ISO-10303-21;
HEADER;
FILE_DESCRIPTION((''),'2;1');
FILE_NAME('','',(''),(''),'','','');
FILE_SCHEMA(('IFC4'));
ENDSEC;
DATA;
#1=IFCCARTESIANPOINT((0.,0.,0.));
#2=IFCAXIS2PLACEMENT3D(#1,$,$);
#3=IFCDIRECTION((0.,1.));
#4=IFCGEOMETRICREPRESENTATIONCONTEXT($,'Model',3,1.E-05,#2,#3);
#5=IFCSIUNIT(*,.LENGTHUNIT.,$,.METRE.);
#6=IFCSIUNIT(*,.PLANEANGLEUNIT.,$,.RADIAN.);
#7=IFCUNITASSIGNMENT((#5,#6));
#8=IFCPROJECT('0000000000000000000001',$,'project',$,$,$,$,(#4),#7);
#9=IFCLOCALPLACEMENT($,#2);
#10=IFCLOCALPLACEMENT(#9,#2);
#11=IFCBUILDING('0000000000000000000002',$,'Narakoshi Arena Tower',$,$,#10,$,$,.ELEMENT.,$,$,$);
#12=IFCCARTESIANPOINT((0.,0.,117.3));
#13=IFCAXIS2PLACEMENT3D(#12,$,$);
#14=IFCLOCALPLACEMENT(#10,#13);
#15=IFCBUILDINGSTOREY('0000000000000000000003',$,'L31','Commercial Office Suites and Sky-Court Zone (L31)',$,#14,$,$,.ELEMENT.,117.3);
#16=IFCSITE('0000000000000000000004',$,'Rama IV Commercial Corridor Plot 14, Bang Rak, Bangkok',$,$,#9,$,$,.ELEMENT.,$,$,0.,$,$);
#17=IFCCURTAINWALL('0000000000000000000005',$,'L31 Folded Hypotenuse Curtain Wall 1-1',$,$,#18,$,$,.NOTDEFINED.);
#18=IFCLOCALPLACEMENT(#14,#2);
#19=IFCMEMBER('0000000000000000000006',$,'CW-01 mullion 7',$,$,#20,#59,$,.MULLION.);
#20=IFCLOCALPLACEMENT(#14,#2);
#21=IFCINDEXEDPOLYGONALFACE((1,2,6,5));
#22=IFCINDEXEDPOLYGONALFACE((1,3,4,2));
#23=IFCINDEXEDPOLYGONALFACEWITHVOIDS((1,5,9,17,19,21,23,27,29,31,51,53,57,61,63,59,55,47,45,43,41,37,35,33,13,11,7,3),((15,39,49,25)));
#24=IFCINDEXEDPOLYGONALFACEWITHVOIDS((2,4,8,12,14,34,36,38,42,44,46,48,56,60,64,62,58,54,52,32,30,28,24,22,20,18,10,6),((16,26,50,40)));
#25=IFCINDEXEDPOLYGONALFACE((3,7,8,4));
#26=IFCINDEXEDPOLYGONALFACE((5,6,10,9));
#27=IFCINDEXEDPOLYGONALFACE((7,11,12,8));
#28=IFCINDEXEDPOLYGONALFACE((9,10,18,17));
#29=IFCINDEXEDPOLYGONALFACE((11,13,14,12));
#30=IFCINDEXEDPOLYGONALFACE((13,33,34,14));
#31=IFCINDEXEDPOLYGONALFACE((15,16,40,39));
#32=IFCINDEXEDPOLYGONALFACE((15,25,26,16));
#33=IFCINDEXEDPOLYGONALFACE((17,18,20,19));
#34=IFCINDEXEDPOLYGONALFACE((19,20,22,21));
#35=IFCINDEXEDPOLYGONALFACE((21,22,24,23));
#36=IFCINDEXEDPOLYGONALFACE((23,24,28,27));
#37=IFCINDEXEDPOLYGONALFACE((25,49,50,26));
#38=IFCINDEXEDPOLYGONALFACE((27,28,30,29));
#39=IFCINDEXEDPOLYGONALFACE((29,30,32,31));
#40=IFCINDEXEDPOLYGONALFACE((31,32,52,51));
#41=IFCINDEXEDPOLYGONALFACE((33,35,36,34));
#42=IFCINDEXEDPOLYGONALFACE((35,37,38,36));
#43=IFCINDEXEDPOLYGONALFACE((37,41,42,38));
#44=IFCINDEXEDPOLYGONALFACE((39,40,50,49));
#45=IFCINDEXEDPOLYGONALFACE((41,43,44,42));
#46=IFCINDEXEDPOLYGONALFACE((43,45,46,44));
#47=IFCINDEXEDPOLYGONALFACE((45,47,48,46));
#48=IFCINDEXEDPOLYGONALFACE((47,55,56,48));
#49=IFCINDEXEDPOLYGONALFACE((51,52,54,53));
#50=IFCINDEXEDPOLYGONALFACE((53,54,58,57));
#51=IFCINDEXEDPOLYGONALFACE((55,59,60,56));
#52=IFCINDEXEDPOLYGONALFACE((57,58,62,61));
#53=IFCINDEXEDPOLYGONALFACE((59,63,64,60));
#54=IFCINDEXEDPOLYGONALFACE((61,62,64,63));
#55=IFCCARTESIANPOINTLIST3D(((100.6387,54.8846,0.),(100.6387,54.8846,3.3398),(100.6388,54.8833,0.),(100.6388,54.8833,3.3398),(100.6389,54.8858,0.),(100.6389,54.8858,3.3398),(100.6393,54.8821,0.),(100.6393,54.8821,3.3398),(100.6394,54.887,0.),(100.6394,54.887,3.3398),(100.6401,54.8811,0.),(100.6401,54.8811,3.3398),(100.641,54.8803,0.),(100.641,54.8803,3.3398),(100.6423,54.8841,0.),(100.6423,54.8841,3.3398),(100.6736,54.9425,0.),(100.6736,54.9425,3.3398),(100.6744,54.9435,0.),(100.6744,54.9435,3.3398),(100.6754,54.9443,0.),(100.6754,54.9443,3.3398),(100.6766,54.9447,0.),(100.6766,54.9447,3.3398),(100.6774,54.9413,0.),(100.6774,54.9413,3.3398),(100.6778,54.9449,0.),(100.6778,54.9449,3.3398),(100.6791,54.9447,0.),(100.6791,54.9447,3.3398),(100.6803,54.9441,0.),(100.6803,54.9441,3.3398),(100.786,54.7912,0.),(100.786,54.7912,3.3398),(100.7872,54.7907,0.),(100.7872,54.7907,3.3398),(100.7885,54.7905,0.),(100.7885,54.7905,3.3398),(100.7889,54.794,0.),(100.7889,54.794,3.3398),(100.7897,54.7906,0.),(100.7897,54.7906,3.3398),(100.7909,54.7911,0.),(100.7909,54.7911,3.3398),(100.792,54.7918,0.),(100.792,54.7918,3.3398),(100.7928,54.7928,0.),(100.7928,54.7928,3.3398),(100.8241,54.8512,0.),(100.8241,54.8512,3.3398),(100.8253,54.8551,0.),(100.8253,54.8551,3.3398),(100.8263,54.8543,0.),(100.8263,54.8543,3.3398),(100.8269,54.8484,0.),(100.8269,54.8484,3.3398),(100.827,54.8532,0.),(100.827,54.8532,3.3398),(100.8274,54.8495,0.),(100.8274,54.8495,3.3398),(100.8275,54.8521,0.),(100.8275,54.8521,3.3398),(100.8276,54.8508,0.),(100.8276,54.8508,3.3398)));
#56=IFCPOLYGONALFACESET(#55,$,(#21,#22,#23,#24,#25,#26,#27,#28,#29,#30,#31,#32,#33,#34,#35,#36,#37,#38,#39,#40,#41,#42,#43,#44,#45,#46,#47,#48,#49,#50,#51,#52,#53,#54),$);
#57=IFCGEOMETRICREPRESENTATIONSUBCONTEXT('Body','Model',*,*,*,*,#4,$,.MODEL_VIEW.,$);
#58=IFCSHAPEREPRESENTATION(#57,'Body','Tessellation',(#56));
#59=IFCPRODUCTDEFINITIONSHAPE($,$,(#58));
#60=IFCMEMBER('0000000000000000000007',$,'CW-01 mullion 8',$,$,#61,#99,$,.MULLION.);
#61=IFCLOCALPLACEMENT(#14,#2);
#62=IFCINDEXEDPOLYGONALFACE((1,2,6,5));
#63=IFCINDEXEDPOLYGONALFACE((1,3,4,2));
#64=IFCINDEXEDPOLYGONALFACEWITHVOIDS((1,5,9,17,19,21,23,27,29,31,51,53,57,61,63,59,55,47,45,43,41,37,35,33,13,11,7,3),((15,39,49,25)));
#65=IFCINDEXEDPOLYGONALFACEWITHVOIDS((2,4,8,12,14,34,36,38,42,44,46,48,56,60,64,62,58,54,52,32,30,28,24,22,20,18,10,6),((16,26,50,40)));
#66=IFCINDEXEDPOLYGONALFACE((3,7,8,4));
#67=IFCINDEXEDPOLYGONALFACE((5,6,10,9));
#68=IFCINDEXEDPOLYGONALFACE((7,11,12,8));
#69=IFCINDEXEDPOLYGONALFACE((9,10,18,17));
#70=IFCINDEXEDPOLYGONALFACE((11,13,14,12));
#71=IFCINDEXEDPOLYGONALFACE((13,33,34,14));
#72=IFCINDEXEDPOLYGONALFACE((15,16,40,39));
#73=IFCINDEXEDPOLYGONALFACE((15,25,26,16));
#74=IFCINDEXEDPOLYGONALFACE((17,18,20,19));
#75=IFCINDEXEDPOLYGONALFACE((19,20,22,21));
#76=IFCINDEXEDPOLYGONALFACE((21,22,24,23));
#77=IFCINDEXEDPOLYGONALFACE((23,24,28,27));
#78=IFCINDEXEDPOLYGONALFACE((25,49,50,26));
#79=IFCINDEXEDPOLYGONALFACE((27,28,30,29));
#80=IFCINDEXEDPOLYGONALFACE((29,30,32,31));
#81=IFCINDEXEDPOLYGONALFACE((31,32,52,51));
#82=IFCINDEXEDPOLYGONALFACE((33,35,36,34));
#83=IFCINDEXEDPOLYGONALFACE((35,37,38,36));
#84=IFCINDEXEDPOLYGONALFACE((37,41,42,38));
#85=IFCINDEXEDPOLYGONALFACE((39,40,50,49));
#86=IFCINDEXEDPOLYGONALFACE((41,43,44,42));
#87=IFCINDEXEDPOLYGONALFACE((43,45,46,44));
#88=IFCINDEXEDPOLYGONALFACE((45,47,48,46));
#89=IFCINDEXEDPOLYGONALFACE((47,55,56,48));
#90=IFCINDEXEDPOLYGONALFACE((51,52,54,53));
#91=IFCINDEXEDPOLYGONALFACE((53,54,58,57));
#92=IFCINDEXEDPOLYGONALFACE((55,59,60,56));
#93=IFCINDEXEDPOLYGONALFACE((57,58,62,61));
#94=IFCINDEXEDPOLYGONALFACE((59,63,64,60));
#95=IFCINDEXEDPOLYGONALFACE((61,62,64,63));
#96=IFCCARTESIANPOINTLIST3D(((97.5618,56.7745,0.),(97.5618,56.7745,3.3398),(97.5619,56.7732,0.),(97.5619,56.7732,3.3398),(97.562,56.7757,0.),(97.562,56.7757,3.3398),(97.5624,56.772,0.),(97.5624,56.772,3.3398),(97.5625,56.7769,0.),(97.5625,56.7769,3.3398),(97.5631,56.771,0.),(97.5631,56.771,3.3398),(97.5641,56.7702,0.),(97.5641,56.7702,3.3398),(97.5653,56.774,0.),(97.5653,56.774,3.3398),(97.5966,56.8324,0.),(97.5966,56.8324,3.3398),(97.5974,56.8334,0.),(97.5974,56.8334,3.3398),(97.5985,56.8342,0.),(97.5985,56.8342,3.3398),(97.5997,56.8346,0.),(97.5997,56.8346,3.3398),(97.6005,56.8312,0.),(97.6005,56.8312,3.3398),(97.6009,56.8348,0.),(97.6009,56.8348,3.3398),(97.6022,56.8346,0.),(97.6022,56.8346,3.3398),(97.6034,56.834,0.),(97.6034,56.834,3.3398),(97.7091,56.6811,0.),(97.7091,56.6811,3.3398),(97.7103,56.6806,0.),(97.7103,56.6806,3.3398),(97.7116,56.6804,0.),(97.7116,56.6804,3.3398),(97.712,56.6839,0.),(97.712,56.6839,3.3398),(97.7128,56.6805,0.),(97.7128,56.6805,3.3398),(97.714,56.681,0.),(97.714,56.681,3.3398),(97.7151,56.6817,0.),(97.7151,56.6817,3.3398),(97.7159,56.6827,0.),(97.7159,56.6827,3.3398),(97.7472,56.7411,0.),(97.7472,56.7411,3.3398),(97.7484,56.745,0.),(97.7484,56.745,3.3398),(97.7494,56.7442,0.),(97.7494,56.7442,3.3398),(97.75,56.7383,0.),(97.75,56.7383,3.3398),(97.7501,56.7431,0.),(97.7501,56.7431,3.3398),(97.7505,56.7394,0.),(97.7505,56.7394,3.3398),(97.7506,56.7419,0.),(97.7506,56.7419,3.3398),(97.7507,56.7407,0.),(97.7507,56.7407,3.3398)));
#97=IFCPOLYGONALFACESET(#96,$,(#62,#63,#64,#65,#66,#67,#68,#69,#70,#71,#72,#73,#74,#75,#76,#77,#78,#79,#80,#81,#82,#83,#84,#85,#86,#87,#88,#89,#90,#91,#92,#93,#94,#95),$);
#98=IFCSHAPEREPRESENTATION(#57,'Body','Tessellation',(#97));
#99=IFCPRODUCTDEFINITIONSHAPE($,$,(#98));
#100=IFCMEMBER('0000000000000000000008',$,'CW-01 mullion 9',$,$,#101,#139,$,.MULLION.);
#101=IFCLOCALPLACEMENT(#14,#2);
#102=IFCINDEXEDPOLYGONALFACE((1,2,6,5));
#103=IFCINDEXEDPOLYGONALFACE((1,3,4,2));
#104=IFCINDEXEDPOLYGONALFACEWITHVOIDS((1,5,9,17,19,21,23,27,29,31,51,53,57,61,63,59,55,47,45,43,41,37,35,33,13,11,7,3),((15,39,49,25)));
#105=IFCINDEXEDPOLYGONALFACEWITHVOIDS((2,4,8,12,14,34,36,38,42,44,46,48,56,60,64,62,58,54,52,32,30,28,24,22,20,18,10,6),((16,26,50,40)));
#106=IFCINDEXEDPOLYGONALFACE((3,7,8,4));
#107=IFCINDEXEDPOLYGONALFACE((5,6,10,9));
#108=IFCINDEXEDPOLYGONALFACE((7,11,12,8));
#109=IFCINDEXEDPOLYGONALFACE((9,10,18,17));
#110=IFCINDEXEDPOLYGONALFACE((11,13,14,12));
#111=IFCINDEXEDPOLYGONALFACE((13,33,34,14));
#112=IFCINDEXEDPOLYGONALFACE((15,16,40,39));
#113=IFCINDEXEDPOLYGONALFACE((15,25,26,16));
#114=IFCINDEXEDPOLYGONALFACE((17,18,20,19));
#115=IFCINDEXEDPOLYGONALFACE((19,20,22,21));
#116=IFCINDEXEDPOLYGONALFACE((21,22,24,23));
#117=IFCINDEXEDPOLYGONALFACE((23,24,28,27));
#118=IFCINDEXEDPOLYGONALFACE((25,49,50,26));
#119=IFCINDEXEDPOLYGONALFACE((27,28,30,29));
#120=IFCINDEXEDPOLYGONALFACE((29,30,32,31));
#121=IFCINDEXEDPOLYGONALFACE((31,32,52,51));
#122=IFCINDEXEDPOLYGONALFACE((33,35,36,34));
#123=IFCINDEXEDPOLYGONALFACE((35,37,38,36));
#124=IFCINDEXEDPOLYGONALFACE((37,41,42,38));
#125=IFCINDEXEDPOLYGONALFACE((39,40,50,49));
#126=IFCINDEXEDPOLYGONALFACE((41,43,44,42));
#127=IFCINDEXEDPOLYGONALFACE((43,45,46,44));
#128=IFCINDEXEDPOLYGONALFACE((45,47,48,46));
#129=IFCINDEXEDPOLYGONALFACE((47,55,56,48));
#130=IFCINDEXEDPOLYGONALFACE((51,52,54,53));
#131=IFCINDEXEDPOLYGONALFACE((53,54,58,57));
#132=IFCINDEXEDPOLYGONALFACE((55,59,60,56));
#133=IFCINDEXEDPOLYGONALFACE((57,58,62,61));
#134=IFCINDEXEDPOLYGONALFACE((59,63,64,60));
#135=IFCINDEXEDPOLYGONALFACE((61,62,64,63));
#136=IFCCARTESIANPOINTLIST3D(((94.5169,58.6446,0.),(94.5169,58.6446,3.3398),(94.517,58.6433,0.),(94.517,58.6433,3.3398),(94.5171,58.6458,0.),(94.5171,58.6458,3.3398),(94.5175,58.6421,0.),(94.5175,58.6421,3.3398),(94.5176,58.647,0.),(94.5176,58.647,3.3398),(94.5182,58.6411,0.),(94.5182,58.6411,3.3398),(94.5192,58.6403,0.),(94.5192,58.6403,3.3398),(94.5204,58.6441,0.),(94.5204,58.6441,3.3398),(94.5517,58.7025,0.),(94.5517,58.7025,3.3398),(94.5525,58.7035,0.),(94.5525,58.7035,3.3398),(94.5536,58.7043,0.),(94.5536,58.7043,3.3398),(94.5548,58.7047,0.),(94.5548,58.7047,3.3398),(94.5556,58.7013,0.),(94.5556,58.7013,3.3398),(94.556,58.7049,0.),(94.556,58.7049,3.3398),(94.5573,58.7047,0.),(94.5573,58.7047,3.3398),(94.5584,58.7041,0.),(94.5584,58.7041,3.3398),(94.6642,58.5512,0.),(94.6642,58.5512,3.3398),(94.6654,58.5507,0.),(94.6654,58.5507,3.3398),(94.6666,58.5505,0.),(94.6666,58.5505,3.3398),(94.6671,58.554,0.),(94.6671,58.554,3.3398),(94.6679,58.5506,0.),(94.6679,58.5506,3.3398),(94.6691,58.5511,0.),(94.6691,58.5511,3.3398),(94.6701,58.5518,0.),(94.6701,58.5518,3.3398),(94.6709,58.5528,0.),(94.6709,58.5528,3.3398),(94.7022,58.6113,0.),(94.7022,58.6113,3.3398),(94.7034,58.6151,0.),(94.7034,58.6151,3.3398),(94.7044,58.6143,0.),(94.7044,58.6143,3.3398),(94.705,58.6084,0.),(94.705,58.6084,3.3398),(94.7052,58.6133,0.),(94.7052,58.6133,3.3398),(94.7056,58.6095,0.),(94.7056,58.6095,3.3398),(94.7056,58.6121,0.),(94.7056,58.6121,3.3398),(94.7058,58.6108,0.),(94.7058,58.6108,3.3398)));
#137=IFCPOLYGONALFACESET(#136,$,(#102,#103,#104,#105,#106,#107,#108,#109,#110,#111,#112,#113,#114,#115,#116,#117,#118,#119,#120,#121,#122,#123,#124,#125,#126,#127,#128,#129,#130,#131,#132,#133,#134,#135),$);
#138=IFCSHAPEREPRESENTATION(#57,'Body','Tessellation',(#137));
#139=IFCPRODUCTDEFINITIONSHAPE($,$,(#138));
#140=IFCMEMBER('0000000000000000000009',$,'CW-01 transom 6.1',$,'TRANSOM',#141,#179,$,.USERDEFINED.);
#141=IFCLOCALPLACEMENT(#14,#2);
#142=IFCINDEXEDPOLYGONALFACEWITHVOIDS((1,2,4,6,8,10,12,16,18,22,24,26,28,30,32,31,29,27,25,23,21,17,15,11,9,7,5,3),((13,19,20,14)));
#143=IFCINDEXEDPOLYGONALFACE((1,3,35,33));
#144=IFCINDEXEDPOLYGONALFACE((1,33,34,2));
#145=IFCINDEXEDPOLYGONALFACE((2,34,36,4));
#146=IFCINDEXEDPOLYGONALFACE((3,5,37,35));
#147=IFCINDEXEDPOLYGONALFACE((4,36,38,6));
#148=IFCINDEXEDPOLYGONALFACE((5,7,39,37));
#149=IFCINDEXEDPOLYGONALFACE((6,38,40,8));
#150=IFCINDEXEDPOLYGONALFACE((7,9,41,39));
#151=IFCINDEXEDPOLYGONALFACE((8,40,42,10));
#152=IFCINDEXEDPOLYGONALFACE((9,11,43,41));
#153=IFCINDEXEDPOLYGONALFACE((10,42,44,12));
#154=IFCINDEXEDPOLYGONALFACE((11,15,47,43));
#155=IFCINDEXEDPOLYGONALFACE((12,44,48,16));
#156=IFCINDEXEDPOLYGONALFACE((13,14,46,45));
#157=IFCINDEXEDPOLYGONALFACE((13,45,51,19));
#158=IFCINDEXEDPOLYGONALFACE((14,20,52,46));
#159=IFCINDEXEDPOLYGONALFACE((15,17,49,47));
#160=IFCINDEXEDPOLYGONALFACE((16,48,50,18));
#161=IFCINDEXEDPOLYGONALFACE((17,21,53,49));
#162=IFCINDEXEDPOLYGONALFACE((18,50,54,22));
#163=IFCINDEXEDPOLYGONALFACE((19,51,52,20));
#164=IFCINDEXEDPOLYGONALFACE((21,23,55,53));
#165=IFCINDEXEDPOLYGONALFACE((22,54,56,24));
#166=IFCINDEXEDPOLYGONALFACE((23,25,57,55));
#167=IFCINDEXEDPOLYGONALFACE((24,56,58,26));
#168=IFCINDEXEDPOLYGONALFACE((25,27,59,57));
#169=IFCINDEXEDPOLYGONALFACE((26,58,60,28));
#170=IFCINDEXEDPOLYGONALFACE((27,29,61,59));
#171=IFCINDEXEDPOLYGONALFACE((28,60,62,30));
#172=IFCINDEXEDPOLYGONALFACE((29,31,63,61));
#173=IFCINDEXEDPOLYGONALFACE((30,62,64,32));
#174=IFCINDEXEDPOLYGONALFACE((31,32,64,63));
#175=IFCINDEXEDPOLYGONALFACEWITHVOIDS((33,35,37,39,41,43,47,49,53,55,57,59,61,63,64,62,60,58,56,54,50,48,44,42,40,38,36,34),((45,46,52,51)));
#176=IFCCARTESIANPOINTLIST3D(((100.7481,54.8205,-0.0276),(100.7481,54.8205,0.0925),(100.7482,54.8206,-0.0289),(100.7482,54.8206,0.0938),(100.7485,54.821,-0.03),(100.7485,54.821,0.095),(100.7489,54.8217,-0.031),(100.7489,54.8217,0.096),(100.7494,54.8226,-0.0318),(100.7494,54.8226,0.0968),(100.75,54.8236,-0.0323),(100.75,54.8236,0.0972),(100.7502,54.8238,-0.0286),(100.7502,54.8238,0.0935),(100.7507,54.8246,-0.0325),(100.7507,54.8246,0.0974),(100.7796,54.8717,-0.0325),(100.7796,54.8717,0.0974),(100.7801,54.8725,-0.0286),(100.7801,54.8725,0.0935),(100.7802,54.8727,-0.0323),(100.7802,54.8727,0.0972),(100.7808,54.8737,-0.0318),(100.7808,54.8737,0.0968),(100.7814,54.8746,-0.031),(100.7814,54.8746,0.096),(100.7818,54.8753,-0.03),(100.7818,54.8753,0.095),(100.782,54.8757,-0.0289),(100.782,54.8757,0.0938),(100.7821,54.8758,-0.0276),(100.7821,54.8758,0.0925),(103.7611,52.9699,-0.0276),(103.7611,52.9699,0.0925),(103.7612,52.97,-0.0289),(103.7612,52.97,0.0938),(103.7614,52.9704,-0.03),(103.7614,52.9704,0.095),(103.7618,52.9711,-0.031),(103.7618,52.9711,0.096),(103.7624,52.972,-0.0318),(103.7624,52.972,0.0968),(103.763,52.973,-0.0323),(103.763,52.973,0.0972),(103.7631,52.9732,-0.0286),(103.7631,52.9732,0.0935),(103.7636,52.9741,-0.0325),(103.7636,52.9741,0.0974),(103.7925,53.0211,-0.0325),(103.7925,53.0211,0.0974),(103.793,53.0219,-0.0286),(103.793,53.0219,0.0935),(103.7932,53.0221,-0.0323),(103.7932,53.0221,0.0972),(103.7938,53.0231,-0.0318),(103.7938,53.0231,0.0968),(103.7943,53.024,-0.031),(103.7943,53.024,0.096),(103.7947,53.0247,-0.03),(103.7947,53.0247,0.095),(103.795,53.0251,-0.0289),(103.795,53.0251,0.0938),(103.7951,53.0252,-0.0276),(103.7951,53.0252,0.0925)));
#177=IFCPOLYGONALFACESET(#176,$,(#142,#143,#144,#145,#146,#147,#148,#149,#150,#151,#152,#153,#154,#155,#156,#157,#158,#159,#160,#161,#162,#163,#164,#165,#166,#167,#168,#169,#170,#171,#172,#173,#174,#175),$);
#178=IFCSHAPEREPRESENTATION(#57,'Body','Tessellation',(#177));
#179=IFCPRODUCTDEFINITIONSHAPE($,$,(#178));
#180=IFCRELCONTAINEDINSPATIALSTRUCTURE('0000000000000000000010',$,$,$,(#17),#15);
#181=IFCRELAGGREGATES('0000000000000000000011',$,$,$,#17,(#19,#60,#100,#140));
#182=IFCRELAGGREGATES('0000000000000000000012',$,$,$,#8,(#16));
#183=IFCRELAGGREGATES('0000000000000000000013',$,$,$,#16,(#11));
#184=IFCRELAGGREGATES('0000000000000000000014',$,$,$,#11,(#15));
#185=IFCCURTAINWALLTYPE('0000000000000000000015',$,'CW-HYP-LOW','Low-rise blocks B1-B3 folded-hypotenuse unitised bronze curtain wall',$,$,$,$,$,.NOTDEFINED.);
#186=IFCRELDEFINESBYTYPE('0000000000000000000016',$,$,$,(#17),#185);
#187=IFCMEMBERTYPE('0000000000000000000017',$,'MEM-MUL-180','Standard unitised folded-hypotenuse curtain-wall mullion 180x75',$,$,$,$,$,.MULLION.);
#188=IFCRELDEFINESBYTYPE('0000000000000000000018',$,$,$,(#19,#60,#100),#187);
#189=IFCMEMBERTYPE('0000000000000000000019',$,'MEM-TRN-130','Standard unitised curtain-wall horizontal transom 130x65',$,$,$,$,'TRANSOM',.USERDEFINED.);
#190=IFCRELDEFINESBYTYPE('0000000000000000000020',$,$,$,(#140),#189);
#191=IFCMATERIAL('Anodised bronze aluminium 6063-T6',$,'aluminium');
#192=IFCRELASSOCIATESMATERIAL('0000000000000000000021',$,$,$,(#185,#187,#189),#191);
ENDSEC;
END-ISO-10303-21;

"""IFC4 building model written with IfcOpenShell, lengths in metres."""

from ifc_helpers import new_model, si_unit, direction, frame, origin, origin_2d, place, context, subcontext, project, spatial, hollow_rectangle, extrude, material, material_profile, profile_set, type_object, element, aggregate, save


model = new_model("IFC4")

# Units and contexts
model_context = context("Model", 3, precision=1e-05, world=origin(), true_north=direction((0.0, 1.0)))
body_context = subcontext(model_context, "Body", "Model", "MODEL_VIEW")
ifc_project = project(units=[si_unit("LENGTHUNIT", "METRE"), si_unit("PLANEANGLEUNIT", "RADIAN")], contexts=[model_context])

# Site, building, storey
site_placement = place(None, origin())
site = spatial("IfcSite", under=ifc_project, at=site_placement, Name="Rama IV Commercial Corridor Plot 14, Bang Rak, Bangkok", CompositionType="ELEMENT", RefElevation=0.0)
building_placement = place(site_placement, origin())
building = spatial("IfcBuilding", under=site, at=building_placement, Name="Narakoshi Arena Tower", CompositionType="ELEMENT")
storey_placement = place(building_placement, frame((0.0, 0.0, 117.3)))
storey = spatial("IfcBuildingStorey", under=building, at=storey_placement, Name="L31", Description="Commercial Office Suites and Sky-Court Zone (L31)", CompositionType="ELEMENT", Elevation=117.3)

# Curtain wall, members
ifc_material_1 = material(Name="Anodised bronze aluminium 6063-T6", Category="aluminium")
curtain_wall_type = type_object("IfcCurtainWallType", Name="CW-HYP-LOW", Description="Low-rise blocks B1-B3 folded-hypotenuse unitised bronze curtain wall", PredefinedType="NOTDEFINED", material=ifc_material_1)
curtain_wall_placement = place(storey_placement, origin())
curtain_wall = element("IfcCurtainWall", 1, at=curtain_wall_placement, inside=storey, type_object=curtain_wall_type, Name="L31 Folded Hypotenuse Curtain Wall 1-1", PredefinedType="NOTDEFINED")
ifc_material_profile_1 = material_profile(ifc_material_1, hollow_rectangle(XDim=0.075, YDim=0.1799, WallThickness=0.0039, OuterFilletRadius=0.0049, at=origin_2d()), Name="MUL180x75x4")
ifc_profile_set_1 = profile_set([ifc_material_profile_1], Name="Anodised bronze aluminium 6063-T6")
member_type_1 = type_object("IfcMemberType", Name="MEM-MUL-180", Description="Standard unitised folded-hypotenuse curtain-wall mullion 180x75", PredefinedType="MULLION", material=ifc_profile_set_1)
member_1_placement = place(storey_placement, frame((100.7332, 54.8677, 0.0), z_axis=(0.0, 0.0, 1.0), x_axis=(-0.523358, -0.852113, 0.0)))
member_1 = element("IfcMember", 2, at=member_1_placement, type_object=member_type_1, Name="CW-01 mullion 7", PredefinedType="MULLION", context=body_context, shape_type="SweptSolid", body=[
    extrude(hollow_rectangle(XDim=0.075, YDim=0.1799, WallThickness=0.0039, OuterFilletRadius=0.0049, at=origin_2d()), origin(), (0.0, 0.0, 1.0), 3.3398),
])
member_2_placement = place(storey_placement, frame((97.6562, 56.7576, 0.0), z_axis=(0.0, 0.0, 1.0), x_axis=(-0.523358, -0.852113, 0.0)))
member_2 = element("IfcMember", 3, at=member_2_placement, type_object=member_type_1, Name="CW-01 mullion 8", PredefinedType="MULLION", context=body_context, shape_type="SweptSolid", body=[
    extrude(hollow_rectangle(XDim=0.075, YDim=0.1799, WallThickness=0.0039, OuterFilletRadius=0.0049, at=origin_2d()), origin(), (0.0, 0.0, 1.0), 3.3398),
])
member_3_placement = place(storey_placement, frame((94.6113, 58.6277, 0.0), z_axis=(0.0, 0.0, 1.0), x_axis=(-0.523358, -0.852113, 0.0)))
member_3 = element("IfcMember", 4, at=member_3_placement, type_object=member_type_1, Name="CW-01 mullion 9", PredefinedType="MULLION", context=body_context, shape_type="SweptSolid", body=[
    extrude(hollow_rectangle(XDim=0.075, YDim=0.1799, WallThickness=0.0039, OuterFilletRadius=0.0049, at=origin_2d()), origin(), (0.0, 0.0, 1.0), 3.3398),
])
ifc_material_profile_2 = material_profile(ifc_material_1, hollow_rectangle(XDim=0.0649, YDim=0.1299, WallThickness=0.0039, OuterFilletRadius=0.0049, at=origin_2d()), Name="TRN130x65x4")
ifc_profile_set_2 = profile_set([ifc_material_profile_2], Name="Anodised bronze aluminium 6063-T6")
member_type_2 = type_object("IfcMemberType", Name="MEM-TRN-130", Description="Standard unitised curtain-wall horizontal transom 130x65", ElementType="TRANSOM", PredefinedType="USERDEFINED", material=ifc_profile_set_2)
member_4_placement = place(storey_placement, frame((103.7781, 52.9976, 0.0325), z_axis=(-0.852104, 0.523373, 0.0), x_axis=(-0.523373, -0.852104, 0.0)))
member_4 = element("IfcMember", 5, at=member_4_placement, type_object=member_type_2, Name="CW-01 transom 6.1", ObjectType="TRANSOM", PredefinedType="USERDEFINED", context=body_context, shape_type="SweptSolid", body=[
    extrude(hollow_rectangle(XDim=0.0649, YDim=0.1299, WallThickness=0.0039, OuterFilletRadius=0.0049, at=origin_2d()), origin(), (0.0, 0.0, 1.0), 3.5359),
])
aggregate(curtain_wall, [member_1, member_2, member_3, member_4])

save(model, "model.ifc")
